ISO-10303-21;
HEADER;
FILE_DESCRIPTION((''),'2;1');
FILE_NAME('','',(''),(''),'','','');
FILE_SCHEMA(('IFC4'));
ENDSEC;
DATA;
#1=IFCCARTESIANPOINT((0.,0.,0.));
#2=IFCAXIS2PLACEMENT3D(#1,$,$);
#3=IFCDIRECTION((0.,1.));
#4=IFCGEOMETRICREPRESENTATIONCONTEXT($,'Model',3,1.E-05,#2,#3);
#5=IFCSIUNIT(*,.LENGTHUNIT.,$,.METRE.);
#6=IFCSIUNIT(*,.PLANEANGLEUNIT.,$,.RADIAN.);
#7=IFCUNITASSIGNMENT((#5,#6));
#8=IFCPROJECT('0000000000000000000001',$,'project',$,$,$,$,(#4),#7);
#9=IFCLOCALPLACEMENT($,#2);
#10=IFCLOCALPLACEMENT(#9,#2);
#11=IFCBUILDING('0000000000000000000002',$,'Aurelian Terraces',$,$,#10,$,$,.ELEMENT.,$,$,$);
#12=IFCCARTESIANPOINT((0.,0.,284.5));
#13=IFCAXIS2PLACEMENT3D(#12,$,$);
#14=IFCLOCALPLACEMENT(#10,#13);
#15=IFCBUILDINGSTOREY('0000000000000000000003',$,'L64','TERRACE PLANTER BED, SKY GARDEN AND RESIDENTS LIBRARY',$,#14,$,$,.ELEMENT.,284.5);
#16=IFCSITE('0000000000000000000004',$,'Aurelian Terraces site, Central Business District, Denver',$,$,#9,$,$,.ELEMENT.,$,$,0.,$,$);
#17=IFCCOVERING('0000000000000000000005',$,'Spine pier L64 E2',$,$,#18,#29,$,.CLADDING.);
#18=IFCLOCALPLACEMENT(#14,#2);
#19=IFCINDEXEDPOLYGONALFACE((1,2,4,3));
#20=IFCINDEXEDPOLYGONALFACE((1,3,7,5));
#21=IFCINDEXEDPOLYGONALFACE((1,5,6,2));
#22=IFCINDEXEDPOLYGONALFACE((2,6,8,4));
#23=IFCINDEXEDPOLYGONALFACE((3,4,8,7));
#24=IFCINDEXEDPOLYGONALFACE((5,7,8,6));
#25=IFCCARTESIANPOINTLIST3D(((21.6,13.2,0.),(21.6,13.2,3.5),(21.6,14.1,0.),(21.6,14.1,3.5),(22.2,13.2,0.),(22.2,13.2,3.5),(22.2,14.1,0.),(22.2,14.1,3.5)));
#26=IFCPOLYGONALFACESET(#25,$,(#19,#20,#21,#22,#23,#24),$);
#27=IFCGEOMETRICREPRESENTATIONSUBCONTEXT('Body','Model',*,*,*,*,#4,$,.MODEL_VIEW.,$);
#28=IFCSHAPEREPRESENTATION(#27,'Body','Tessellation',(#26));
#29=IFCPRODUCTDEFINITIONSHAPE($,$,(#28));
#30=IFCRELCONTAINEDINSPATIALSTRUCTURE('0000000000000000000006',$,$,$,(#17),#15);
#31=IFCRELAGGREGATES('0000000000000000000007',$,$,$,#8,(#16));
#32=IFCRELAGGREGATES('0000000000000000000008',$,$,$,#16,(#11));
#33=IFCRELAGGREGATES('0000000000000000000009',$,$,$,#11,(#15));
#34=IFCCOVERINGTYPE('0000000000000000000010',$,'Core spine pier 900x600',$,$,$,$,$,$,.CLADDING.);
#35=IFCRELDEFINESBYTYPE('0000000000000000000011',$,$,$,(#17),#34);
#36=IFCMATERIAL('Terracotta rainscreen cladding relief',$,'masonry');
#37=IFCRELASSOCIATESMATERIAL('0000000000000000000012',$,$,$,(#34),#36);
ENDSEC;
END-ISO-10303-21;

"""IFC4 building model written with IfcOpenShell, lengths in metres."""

from ifc_helpers import new_model, si_unit, direction, frame, origin, origin_2d, place, context, subcontext, project, spatial, rectangle, extrude, source, transform, mapped, material, type_object, element, save


model = new_model("IFC4")

# Units and contexts
model_context = context("Model", 3, precision=1e-05, world=origin(), true_north=direction((0.0, 1.0)))
body_context = subcontext(model_context, "Body", "Model", "MODEL_VIEW")
ifc_project = project(units=[si_unit("LENGTHUNIT", "METRE"), si_unit("PLANEANGLEUNIT", "RADIAN")], contexts=[model_context])

# Site, building, storey
site_placement = place(None, origin())
site = spatial("IfcSite", under=ifc_project, at=site_placement, Name="Aurelian Terraces site, Central Business District, Denver", CompositionType="ELEMENT", RefElevation=0.0)
building_placement = place(site_placement, origin())
building = spatial("IfcBuilding", under=site, at=building_placement, Name="Aurelian Terraces", CompositionType="ELEMENT")
storey_placement = place(building_placement, frame((0.0, 0.0, 284.5)))
storey = spatial("IfcBuildingStorey", under=building, at=storey_placement, Name="L64", Description="TERRACE PLANTER BED, SKY GARDEN AND RESIDENTS LIBRARY", CompositionType="ELEMENT", Elevation=284.5)

# Shared definitions
ifc_material_1 = material(Name="Terracotta rainscreen cladding relief", Category="masonry")
covering_type_1 = type_object("IfcCoveringType", Name="Core spine pier 900x600", PredefinedType="CLADDING", material=ifc_material_1)

# Covering
shared_shape_1 = source(origin(), body_context, "Body", "SweptSolid", [
    extrude(rectangle(XDim=0.6, YDim=0.9, at=origin_2d()), origin(), (0.0, 0.0, 1.0), 3.5),
])
covering_1_placement = place(storey_placement, frame((21.9, 13.65, 0.0), z_axis=(0.0, 0.0, 1.0), x_axis=(1.0, 0.0, 0.0)))
element("IfcCovering", 1, at=covering_1_placement, inside=storey, type_object=covering_type_1, Name="Spine pier L64 E2", PredefinedType="CLADDING", context=body_context, shape_type="MappedRepresentation", body=[
    mapped(shared_shape_1, transform((0.0, 0.0, 0.0), scale=1.0)),
])

save(model, "model.ifc")
